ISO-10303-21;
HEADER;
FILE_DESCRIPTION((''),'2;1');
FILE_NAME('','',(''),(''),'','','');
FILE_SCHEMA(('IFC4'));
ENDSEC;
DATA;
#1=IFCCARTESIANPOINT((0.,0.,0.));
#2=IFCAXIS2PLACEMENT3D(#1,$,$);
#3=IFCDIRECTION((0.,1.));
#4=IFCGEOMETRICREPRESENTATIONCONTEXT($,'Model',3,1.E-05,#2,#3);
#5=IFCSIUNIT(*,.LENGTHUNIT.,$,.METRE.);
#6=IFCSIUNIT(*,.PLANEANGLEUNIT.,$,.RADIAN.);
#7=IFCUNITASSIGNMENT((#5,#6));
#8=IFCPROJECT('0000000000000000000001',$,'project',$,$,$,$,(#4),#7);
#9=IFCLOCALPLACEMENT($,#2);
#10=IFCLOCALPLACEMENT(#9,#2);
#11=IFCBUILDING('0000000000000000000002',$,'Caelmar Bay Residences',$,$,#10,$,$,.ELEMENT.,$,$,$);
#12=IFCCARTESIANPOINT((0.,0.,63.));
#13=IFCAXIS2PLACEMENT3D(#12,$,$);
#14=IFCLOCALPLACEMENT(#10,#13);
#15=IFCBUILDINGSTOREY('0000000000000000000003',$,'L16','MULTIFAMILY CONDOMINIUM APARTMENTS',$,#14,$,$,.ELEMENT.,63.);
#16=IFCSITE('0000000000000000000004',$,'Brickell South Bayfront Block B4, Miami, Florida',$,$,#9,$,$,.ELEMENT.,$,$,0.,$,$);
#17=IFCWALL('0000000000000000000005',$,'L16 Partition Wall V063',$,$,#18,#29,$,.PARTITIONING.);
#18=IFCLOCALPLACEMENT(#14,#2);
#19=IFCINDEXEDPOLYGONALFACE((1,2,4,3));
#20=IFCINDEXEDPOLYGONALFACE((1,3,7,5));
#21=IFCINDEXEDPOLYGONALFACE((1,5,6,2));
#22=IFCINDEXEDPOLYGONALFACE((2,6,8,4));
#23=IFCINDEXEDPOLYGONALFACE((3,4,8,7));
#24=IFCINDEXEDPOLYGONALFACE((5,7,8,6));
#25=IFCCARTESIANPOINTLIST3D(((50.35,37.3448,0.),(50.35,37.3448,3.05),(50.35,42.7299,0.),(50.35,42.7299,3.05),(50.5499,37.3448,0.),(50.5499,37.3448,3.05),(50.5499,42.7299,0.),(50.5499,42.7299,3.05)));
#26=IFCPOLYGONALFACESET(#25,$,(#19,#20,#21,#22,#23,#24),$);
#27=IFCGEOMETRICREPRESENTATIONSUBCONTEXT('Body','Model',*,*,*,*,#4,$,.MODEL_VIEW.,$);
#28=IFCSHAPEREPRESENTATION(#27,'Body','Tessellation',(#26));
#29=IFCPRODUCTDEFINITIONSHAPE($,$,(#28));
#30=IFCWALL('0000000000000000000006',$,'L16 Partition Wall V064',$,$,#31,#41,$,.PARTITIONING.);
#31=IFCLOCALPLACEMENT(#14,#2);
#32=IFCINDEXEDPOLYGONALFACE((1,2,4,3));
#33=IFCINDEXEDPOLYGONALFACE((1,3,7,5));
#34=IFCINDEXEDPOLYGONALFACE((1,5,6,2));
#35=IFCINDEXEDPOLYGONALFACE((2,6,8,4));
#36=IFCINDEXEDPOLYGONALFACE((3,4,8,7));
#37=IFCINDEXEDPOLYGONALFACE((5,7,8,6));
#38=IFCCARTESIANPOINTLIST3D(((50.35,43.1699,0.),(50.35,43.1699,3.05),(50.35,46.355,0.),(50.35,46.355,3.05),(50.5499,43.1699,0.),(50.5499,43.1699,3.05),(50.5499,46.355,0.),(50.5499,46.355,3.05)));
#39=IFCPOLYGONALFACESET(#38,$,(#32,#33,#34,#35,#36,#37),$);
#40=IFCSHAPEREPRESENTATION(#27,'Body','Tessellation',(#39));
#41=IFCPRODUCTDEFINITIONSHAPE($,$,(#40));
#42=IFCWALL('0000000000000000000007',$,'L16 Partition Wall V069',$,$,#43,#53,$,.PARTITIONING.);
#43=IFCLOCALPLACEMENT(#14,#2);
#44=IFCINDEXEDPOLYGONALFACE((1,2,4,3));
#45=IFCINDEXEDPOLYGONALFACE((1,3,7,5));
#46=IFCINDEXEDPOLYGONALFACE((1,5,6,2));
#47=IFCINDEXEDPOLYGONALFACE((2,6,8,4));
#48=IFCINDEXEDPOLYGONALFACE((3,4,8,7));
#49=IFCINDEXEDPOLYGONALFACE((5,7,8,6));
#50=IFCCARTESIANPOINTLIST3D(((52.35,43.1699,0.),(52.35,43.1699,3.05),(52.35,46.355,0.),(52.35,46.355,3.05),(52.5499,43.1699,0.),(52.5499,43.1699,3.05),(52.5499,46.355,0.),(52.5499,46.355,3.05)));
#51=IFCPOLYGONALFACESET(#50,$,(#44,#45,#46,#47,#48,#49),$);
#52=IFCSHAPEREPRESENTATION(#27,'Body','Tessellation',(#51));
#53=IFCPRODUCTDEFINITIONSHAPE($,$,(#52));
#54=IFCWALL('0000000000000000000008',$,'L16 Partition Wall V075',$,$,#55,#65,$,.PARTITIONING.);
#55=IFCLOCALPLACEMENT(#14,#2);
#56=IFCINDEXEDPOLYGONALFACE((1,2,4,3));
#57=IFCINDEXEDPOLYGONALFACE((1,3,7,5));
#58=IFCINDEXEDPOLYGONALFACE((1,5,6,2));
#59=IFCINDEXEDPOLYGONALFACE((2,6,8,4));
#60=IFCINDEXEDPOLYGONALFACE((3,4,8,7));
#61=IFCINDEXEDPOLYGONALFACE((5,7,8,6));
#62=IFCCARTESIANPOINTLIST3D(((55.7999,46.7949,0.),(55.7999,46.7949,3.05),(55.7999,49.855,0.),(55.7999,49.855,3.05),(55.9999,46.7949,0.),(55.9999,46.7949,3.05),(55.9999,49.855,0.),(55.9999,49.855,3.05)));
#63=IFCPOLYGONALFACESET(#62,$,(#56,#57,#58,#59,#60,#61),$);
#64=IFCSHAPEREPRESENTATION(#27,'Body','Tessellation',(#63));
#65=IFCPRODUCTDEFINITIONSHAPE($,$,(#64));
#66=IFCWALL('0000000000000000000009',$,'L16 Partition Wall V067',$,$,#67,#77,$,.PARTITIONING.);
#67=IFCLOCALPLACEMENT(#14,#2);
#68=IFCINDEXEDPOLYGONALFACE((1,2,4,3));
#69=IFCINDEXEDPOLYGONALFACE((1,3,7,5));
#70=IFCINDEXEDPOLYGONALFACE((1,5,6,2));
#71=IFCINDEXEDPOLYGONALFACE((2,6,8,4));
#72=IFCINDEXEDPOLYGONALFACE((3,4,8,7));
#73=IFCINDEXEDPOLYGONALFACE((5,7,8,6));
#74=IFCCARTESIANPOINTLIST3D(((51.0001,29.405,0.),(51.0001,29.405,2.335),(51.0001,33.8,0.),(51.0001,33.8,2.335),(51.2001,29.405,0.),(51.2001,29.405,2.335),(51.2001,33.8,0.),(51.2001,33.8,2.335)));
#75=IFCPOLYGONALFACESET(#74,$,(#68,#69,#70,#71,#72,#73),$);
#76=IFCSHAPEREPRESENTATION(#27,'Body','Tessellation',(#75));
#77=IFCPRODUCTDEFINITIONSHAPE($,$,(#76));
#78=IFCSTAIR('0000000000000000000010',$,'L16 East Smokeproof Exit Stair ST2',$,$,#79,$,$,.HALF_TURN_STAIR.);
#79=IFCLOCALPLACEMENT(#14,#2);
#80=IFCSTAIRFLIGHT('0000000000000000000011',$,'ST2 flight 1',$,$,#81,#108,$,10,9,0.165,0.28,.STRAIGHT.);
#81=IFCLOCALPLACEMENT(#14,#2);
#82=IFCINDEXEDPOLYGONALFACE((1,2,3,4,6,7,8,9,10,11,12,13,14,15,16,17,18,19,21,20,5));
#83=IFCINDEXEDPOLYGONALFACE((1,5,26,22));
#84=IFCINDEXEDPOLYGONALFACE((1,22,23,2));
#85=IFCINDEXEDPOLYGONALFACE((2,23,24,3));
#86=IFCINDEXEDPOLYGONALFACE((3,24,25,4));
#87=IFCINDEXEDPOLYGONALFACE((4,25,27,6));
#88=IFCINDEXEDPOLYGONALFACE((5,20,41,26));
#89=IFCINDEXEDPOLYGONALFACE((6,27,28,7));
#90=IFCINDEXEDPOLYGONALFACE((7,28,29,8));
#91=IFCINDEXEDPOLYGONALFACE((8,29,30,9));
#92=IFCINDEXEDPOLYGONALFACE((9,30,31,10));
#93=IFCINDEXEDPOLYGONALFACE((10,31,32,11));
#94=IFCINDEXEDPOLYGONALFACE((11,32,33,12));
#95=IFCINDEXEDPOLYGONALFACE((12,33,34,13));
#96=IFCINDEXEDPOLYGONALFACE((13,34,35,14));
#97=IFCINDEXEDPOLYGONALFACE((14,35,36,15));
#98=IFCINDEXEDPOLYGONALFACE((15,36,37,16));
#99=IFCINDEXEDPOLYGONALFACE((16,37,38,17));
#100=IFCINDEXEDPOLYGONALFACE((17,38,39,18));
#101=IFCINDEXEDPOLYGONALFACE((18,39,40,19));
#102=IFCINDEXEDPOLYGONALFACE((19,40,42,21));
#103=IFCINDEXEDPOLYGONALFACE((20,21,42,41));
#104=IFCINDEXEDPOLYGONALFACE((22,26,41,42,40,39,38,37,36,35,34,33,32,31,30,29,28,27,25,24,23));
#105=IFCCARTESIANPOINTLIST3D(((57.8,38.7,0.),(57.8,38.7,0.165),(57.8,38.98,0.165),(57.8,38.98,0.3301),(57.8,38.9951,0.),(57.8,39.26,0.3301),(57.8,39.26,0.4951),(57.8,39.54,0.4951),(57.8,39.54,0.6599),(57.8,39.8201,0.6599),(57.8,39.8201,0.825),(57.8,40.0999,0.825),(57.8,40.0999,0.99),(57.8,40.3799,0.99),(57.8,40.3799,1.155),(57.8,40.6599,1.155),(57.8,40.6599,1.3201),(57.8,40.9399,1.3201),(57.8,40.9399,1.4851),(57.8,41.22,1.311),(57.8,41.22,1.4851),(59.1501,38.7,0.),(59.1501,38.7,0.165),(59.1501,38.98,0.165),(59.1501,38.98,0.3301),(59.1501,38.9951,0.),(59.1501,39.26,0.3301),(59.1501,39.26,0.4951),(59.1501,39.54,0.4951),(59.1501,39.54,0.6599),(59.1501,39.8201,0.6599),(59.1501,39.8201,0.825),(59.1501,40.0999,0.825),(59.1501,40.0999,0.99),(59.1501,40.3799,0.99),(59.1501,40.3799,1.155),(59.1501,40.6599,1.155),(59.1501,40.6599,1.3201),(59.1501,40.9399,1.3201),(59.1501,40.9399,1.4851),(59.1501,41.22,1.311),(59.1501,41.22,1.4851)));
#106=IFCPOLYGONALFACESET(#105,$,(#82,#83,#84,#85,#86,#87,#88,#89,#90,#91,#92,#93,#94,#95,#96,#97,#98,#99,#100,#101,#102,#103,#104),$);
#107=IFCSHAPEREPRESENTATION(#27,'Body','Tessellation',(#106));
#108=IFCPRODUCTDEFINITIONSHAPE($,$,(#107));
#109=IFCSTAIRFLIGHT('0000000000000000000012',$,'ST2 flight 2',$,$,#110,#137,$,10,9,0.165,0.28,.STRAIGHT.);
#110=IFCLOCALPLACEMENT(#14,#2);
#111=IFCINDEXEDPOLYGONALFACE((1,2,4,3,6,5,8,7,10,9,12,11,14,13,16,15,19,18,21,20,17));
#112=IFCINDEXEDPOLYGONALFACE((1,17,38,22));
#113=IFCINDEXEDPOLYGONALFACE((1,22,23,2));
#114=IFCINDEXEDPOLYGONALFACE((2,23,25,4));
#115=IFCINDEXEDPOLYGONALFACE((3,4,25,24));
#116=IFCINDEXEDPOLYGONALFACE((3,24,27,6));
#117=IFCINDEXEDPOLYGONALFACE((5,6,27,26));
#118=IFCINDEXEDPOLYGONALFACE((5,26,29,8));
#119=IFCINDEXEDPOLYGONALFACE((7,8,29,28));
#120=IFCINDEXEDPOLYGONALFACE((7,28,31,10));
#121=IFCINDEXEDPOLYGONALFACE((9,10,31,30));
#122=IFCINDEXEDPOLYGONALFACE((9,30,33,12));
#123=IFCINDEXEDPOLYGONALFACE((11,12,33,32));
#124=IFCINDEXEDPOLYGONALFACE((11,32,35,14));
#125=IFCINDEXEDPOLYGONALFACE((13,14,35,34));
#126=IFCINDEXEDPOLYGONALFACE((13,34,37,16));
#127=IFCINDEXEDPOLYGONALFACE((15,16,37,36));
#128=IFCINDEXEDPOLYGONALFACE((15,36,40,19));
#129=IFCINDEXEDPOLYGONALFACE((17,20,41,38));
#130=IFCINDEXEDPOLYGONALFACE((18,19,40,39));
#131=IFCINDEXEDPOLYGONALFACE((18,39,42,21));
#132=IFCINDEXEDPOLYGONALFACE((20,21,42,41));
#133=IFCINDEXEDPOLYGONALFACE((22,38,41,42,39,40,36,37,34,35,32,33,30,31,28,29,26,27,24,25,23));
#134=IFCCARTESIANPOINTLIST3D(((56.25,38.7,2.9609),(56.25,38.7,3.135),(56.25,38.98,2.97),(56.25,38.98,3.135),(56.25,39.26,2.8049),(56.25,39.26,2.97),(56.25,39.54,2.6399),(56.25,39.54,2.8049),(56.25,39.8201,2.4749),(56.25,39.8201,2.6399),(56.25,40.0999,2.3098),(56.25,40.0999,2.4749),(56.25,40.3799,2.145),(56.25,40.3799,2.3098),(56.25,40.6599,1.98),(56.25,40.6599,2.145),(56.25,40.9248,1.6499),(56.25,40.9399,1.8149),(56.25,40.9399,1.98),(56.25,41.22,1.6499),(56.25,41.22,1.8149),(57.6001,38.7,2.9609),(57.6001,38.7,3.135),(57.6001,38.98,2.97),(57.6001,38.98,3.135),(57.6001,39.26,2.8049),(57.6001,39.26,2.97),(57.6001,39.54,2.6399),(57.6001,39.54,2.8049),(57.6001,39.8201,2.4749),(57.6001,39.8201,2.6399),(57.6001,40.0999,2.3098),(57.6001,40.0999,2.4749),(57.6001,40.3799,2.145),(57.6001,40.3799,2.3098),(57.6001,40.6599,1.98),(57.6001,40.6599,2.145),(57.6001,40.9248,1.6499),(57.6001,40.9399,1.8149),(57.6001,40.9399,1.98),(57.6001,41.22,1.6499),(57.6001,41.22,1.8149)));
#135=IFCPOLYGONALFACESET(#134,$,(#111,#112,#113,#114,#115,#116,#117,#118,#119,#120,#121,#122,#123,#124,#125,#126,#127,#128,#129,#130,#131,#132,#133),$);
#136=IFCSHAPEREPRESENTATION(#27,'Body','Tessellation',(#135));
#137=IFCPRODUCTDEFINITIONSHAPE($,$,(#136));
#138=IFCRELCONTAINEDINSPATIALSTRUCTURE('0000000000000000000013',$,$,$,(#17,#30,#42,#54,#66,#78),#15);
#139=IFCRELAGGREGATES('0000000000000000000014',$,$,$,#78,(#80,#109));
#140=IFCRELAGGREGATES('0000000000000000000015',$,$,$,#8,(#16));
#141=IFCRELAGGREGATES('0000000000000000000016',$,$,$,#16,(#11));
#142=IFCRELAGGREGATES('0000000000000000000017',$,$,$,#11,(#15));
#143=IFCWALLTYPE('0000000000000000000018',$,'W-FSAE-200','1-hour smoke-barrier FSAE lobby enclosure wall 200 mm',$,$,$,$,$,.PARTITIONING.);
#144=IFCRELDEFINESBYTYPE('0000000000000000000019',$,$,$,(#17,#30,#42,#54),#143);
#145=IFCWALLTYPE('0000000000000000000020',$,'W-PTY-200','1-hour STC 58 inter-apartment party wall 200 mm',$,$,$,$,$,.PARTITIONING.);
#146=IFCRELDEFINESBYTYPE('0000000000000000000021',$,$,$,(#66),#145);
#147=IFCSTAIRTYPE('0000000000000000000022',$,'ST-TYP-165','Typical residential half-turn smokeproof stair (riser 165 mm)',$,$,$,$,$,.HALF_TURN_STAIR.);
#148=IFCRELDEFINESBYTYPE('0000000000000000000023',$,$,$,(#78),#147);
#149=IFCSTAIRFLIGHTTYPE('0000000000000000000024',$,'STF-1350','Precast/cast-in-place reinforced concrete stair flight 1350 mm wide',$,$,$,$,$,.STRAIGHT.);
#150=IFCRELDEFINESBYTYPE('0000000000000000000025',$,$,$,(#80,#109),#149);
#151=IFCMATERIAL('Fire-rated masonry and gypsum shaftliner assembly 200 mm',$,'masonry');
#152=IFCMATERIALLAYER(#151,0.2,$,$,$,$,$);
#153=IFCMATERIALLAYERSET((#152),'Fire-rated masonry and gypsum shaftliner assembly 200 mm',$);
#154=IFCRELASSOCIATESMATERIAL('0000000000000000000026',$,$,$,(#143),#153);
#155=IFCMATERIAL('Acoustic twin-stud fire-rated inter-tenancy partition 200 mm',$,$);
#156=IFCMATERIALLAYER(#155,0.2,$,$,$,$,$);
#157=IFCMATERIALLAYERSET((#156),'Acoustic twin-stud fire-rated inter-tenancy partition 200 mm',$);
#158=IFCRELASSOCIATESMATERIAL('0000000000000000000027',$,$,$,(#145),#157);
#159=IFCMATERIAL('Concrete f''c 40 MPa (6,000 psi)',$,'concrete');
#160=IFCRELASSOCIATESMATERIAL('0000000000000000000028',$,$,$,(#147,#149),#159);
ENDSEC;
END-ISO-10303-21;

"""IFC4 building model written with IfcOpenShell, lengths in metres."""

from ifc_helpers import new_model, si_unit, direction, frame, frame_2d, origin, place, context, subcontext, project, spatial, polyline, rectangle, outline, extrude, material, layer, layer_set, type_object, element, aggregate, save


model = new_model("IFC4")

# Units and contexts
model_context = context("Model", 3, precision=1e-05, world=origin(), true_north=direction((0.0, 1.0)))
body_context = subcontext(model_context, "Body", "Model", "MODEL_VIEW")
ifc_project = project(units=[si_unit("LENGTHUNIT", "METRE"), si_unit("PLANEANGLEUNIT", "RADIAN")], contexts=[model_context])

# Site, building, storey
site_placement = place(None, origin())
site = spatial("IfcSite", under=ifc_project, at=site_placement, Name="Brickell South Bayfront Block B4, Miami, Florida", CompositionType="ELEMENT", RefElevation=0.0)
building_placement = place(site_placement, origin())
building = spatial("IfcBuilding", under=site, at=building_placement, Name="Caelmar Bay Residences", CompositionType="ELEMENT")
storey_placement = place(building_placement, frame((0.0, 0.0, 63.0)))
storey = spatial("IfcBuildingStorey", under=building, at=storey_placement, Name="L16", Description="MULTIFAMILY CONDOMINIUM APARTMENTS", CompositionType="ELEMENT", Elevation=63.0)

# Walls
ifc_material_1 = material(Name="Fire-rated masonry and gypsum shaftliner assembly 200 mm", Category="masonry")
ifc_layer_1 = layer(ifc_material_1, 0.2)
ifc_layer_set_1 = layer_set([ifc_layer_1], Name="Fire-rated masonry and gypsum shaftliner assembly 200 mm")
wall_type_1 = type_object("IfcWallType", Name="W-FSAE-200", Description="1-hour smoke-barrier FSAE lobby enclosure wall 200 mm", PredefinedType="PARTITIONING", material=ifc_layer_set_1)
wall_1_placement = place(storey_placement, frame((50.45, 37.345, 0.0), z_axis=(0.0, 0.0, 1.0), x_axis=(0.0, 1.0, 0.0)))
element("IfcWall", 1, at=wall_1_placement, inside=storey, type_object=wall_type_1, Name="L16 Partition Wall V063", PredefinedType="PARTITIONING", context=body_context, shape_type="SweptSolid", body=[
    extrude(rectangle(XDim=5.385, YDim=0.2, at=frame_2d((2.6924, 0.0))), origin(), (0.0, 0.0, 1.0), 3.05),
])
for number, where, z_axis, x_axis, name in (
    (2, (50.45, 43.1699, 0.0), (0.0, 0.0, 1.0), (0.0, 1.0, 0.0), "L16 Partition Wall V064"),
    (3, (52.45, 43.1699, 0.0), (0.0, 0.0, 1.0), (0.0, 1.0, 0.0), "L16 Partition Wall V069"),
):
    element("IfcWall", number, at=place(storey_placement, frame(where, z_axis=z_axis, x_axis=x_axis)), inside=storey, type_object=wall_type_1, Name=name, PredefinedType="PARTITIONING", context=body_context, shape_type="SweptSolid", body=[
        extrude(rectangle(XDim=3.1851, YDim=0.2, at=frame_2d((1.5925, 0.0))), origin(), (0.0, 0.0, 1.0), 3.05),
    ])
wall_2_placement = place(storey_placement, frame((55.8999, 46.7949, 0.0), z_axis=(0.0, 0.0, 1.0), x_axis=(0.0, 1.0, 0.0)))
element("IfcWall", 4, at=wall_2_placement, inside=storey, type_object=wall_type_1, Name="L16 Partition Wall V075", PredefinedType="PARTITIONING", context=body_context, shape_type="SweptSolid", body=[
    extrude(rectangle(XDim=3.0601, YDim=0.2, at=frame_2d((1.53, 0.0))), origin(), (0.0, 0.0, 1.0), 3.05),
])
ifc_material_2 = material(Name="Acoustic twin-stud fire-rated inter-tenancy partition 200 mm")
ifc_layer_2 = layer(ifc_material_2, 0.2)
ifc_layer_set_2 = layer_set([ifc_layer_2], Name="Acoustic twin-stud fire-rated inter-tenancy partition 200 mm")
wall_type_2 = type_object("IfcWallType", Name="W-PTY-200", Description="1-hour STC 58 inter-apartment party wall 200 mm", PredefinedType="PARTITIONING", material=ifc_layer_set_2)
wall_3_placement = place(storey_placement, frame((51.1001, 29.405, 0.0), z_axis=(0.0, 0.0, 1.0), x_axis=(0.0, 1.0, 0.0)))
element("IfcWall", 5, at=wall_3_placement, inside=storey, type_object=wall_type_2, Name="L16 Partition Wall V067", PredefinedType="PARTITIONING", context=body_context, shape_type="SweptSolid", body=[
    extrude(rectangle(XDim=4.395, YDim=0.2, at=frame_2d((2.1975, 0.0))), origin(), (0.0, 0.0, 1.0), 2.335),
])

# Stair, stair flights
ifc_material_3 = material(Name="Concrete f'c 40 MPa (6,000 psi)", Category="concrete")
stair_type = type_object("IfcStairType", Name="ST-TYP-165", Description="Typical residential half-turn smokeproof stair (riser 165 mm)", PredefinedType="HALF_TURN_STAIR", material=ifc_material_3)
stair_placement = place(storey_placement, origin())
stair = element("IfcStair", 6, at=stair_placement, inside=storey, type_object=stair_type, Name="L16 East Smokeproof Exit Stair ST2", PredefinedType="HALF_TURN_STAIR")
stair_flight_type = type_object("IfcStairFlightType", Name="STF-1350", Description="Precast/cast-in-place reinforced concrete stair flight 1350 mm wide", PredefinedType="STRAIGHT", material=ifc_material_3)
stair_flight_1_placement = place(storey_placement, frame((58.4751, 38.7, 0.0), z_axis=(0.0, 0.0, 1.0), x_axis=(0.0, 1.0, 0.0)))
stair_flight_1 = element("IfcStairFlight", 7, at=stair_flight_1_placement, type_object=stair_flight_type, Name="ST2 flight 1", NumberOfRisers=10, NumberOfTreads=9, PredefinedType="STRAIGHT", RiserHeight=0.165, TreadLength=0.28, context=body_context, shape_type="SweptSolid", body=[
    extrude(outline(polyline([(0.0, 0.0), (0.0, 0.165), (0.28, 0.165), (0.28, 0.3301), (0.5601, 0.3301), (0.5601, 0.4951), (0.8401, 0.4951), (0.8401, 0.6599), (1.1201, 0.6599), (1.1201, 0.825), (1.3999, 0.825), (1.3999, 0.99), (1.6799, 0.99), (1.6799, 1.155), (1.96, 1.155), (1.96, 1.3201), (2.24, 1.3201), (2.24, 1.4851), (2.52, 1.4851), (2.52, 1.6499), (2.52, 1.311), (0.2952, 0.0), (0.0, 0.0)])), frame((0.0, 0.675, 0.0), z_axis=(0.0, -1.0, 0.0), x_axis=(1.0, 0.0, 0.0)), (0.0, 0.0, 1.0), 1.3501),
])
stair_flight_2_placement = place(storey_placement, frame((56.925, 41.22, 1.6499), z_axis=(0.0, 0.0, 1.0), x_axis=(0.0, -1.0, 0.0)))
stair_flight_2 = element("IfcStairFlight", 8, at=stair_flight_2_placement, type_object=stair_flight_type, Name="ST2 flight 2", NumberOfRisers=10, NumberOfTreads=9, PredefinedType="STRAIGHT", RiserHeight=0.165, TreadLength=0.28, context=body_context, shape_type="SweptSolid", body=[
    extrude(outline(polyline([(0.0, 0.0), (0.0, 0.165), (0.28, 0.165), (0.28, 0.3301), (0.5601, 0.3301), (0.5601, 0.4951), (0.8401, 0.4951), (0.8401, 0.6599), (1.1201, 0.6599), (1.1201, 0.825), (1.3999, 0.825), (1.3999, 0.99), (1.6799, 0.99), (1.6799, 1.155), (1.96, 1.155), (1.96, 1.3201), (2.24, 1.3201), (2.24, 1.4851), (2.52, 1.4851), (2.52, 1.6499), (2.52, 1.311), (0.2952, 0.0), (0.0, 0.0)])), frame((0.0, 0.675, 0.0), z_axis=(0.0, -1.0, 0.0), x_axis=(1.0, 0.0, 0.0)), (0.0, 0.0, 1.0), 1.3501),
])
aggregate(stair, [stair_flight_1, stair_flight_2])

save(model, "model.ifc")
